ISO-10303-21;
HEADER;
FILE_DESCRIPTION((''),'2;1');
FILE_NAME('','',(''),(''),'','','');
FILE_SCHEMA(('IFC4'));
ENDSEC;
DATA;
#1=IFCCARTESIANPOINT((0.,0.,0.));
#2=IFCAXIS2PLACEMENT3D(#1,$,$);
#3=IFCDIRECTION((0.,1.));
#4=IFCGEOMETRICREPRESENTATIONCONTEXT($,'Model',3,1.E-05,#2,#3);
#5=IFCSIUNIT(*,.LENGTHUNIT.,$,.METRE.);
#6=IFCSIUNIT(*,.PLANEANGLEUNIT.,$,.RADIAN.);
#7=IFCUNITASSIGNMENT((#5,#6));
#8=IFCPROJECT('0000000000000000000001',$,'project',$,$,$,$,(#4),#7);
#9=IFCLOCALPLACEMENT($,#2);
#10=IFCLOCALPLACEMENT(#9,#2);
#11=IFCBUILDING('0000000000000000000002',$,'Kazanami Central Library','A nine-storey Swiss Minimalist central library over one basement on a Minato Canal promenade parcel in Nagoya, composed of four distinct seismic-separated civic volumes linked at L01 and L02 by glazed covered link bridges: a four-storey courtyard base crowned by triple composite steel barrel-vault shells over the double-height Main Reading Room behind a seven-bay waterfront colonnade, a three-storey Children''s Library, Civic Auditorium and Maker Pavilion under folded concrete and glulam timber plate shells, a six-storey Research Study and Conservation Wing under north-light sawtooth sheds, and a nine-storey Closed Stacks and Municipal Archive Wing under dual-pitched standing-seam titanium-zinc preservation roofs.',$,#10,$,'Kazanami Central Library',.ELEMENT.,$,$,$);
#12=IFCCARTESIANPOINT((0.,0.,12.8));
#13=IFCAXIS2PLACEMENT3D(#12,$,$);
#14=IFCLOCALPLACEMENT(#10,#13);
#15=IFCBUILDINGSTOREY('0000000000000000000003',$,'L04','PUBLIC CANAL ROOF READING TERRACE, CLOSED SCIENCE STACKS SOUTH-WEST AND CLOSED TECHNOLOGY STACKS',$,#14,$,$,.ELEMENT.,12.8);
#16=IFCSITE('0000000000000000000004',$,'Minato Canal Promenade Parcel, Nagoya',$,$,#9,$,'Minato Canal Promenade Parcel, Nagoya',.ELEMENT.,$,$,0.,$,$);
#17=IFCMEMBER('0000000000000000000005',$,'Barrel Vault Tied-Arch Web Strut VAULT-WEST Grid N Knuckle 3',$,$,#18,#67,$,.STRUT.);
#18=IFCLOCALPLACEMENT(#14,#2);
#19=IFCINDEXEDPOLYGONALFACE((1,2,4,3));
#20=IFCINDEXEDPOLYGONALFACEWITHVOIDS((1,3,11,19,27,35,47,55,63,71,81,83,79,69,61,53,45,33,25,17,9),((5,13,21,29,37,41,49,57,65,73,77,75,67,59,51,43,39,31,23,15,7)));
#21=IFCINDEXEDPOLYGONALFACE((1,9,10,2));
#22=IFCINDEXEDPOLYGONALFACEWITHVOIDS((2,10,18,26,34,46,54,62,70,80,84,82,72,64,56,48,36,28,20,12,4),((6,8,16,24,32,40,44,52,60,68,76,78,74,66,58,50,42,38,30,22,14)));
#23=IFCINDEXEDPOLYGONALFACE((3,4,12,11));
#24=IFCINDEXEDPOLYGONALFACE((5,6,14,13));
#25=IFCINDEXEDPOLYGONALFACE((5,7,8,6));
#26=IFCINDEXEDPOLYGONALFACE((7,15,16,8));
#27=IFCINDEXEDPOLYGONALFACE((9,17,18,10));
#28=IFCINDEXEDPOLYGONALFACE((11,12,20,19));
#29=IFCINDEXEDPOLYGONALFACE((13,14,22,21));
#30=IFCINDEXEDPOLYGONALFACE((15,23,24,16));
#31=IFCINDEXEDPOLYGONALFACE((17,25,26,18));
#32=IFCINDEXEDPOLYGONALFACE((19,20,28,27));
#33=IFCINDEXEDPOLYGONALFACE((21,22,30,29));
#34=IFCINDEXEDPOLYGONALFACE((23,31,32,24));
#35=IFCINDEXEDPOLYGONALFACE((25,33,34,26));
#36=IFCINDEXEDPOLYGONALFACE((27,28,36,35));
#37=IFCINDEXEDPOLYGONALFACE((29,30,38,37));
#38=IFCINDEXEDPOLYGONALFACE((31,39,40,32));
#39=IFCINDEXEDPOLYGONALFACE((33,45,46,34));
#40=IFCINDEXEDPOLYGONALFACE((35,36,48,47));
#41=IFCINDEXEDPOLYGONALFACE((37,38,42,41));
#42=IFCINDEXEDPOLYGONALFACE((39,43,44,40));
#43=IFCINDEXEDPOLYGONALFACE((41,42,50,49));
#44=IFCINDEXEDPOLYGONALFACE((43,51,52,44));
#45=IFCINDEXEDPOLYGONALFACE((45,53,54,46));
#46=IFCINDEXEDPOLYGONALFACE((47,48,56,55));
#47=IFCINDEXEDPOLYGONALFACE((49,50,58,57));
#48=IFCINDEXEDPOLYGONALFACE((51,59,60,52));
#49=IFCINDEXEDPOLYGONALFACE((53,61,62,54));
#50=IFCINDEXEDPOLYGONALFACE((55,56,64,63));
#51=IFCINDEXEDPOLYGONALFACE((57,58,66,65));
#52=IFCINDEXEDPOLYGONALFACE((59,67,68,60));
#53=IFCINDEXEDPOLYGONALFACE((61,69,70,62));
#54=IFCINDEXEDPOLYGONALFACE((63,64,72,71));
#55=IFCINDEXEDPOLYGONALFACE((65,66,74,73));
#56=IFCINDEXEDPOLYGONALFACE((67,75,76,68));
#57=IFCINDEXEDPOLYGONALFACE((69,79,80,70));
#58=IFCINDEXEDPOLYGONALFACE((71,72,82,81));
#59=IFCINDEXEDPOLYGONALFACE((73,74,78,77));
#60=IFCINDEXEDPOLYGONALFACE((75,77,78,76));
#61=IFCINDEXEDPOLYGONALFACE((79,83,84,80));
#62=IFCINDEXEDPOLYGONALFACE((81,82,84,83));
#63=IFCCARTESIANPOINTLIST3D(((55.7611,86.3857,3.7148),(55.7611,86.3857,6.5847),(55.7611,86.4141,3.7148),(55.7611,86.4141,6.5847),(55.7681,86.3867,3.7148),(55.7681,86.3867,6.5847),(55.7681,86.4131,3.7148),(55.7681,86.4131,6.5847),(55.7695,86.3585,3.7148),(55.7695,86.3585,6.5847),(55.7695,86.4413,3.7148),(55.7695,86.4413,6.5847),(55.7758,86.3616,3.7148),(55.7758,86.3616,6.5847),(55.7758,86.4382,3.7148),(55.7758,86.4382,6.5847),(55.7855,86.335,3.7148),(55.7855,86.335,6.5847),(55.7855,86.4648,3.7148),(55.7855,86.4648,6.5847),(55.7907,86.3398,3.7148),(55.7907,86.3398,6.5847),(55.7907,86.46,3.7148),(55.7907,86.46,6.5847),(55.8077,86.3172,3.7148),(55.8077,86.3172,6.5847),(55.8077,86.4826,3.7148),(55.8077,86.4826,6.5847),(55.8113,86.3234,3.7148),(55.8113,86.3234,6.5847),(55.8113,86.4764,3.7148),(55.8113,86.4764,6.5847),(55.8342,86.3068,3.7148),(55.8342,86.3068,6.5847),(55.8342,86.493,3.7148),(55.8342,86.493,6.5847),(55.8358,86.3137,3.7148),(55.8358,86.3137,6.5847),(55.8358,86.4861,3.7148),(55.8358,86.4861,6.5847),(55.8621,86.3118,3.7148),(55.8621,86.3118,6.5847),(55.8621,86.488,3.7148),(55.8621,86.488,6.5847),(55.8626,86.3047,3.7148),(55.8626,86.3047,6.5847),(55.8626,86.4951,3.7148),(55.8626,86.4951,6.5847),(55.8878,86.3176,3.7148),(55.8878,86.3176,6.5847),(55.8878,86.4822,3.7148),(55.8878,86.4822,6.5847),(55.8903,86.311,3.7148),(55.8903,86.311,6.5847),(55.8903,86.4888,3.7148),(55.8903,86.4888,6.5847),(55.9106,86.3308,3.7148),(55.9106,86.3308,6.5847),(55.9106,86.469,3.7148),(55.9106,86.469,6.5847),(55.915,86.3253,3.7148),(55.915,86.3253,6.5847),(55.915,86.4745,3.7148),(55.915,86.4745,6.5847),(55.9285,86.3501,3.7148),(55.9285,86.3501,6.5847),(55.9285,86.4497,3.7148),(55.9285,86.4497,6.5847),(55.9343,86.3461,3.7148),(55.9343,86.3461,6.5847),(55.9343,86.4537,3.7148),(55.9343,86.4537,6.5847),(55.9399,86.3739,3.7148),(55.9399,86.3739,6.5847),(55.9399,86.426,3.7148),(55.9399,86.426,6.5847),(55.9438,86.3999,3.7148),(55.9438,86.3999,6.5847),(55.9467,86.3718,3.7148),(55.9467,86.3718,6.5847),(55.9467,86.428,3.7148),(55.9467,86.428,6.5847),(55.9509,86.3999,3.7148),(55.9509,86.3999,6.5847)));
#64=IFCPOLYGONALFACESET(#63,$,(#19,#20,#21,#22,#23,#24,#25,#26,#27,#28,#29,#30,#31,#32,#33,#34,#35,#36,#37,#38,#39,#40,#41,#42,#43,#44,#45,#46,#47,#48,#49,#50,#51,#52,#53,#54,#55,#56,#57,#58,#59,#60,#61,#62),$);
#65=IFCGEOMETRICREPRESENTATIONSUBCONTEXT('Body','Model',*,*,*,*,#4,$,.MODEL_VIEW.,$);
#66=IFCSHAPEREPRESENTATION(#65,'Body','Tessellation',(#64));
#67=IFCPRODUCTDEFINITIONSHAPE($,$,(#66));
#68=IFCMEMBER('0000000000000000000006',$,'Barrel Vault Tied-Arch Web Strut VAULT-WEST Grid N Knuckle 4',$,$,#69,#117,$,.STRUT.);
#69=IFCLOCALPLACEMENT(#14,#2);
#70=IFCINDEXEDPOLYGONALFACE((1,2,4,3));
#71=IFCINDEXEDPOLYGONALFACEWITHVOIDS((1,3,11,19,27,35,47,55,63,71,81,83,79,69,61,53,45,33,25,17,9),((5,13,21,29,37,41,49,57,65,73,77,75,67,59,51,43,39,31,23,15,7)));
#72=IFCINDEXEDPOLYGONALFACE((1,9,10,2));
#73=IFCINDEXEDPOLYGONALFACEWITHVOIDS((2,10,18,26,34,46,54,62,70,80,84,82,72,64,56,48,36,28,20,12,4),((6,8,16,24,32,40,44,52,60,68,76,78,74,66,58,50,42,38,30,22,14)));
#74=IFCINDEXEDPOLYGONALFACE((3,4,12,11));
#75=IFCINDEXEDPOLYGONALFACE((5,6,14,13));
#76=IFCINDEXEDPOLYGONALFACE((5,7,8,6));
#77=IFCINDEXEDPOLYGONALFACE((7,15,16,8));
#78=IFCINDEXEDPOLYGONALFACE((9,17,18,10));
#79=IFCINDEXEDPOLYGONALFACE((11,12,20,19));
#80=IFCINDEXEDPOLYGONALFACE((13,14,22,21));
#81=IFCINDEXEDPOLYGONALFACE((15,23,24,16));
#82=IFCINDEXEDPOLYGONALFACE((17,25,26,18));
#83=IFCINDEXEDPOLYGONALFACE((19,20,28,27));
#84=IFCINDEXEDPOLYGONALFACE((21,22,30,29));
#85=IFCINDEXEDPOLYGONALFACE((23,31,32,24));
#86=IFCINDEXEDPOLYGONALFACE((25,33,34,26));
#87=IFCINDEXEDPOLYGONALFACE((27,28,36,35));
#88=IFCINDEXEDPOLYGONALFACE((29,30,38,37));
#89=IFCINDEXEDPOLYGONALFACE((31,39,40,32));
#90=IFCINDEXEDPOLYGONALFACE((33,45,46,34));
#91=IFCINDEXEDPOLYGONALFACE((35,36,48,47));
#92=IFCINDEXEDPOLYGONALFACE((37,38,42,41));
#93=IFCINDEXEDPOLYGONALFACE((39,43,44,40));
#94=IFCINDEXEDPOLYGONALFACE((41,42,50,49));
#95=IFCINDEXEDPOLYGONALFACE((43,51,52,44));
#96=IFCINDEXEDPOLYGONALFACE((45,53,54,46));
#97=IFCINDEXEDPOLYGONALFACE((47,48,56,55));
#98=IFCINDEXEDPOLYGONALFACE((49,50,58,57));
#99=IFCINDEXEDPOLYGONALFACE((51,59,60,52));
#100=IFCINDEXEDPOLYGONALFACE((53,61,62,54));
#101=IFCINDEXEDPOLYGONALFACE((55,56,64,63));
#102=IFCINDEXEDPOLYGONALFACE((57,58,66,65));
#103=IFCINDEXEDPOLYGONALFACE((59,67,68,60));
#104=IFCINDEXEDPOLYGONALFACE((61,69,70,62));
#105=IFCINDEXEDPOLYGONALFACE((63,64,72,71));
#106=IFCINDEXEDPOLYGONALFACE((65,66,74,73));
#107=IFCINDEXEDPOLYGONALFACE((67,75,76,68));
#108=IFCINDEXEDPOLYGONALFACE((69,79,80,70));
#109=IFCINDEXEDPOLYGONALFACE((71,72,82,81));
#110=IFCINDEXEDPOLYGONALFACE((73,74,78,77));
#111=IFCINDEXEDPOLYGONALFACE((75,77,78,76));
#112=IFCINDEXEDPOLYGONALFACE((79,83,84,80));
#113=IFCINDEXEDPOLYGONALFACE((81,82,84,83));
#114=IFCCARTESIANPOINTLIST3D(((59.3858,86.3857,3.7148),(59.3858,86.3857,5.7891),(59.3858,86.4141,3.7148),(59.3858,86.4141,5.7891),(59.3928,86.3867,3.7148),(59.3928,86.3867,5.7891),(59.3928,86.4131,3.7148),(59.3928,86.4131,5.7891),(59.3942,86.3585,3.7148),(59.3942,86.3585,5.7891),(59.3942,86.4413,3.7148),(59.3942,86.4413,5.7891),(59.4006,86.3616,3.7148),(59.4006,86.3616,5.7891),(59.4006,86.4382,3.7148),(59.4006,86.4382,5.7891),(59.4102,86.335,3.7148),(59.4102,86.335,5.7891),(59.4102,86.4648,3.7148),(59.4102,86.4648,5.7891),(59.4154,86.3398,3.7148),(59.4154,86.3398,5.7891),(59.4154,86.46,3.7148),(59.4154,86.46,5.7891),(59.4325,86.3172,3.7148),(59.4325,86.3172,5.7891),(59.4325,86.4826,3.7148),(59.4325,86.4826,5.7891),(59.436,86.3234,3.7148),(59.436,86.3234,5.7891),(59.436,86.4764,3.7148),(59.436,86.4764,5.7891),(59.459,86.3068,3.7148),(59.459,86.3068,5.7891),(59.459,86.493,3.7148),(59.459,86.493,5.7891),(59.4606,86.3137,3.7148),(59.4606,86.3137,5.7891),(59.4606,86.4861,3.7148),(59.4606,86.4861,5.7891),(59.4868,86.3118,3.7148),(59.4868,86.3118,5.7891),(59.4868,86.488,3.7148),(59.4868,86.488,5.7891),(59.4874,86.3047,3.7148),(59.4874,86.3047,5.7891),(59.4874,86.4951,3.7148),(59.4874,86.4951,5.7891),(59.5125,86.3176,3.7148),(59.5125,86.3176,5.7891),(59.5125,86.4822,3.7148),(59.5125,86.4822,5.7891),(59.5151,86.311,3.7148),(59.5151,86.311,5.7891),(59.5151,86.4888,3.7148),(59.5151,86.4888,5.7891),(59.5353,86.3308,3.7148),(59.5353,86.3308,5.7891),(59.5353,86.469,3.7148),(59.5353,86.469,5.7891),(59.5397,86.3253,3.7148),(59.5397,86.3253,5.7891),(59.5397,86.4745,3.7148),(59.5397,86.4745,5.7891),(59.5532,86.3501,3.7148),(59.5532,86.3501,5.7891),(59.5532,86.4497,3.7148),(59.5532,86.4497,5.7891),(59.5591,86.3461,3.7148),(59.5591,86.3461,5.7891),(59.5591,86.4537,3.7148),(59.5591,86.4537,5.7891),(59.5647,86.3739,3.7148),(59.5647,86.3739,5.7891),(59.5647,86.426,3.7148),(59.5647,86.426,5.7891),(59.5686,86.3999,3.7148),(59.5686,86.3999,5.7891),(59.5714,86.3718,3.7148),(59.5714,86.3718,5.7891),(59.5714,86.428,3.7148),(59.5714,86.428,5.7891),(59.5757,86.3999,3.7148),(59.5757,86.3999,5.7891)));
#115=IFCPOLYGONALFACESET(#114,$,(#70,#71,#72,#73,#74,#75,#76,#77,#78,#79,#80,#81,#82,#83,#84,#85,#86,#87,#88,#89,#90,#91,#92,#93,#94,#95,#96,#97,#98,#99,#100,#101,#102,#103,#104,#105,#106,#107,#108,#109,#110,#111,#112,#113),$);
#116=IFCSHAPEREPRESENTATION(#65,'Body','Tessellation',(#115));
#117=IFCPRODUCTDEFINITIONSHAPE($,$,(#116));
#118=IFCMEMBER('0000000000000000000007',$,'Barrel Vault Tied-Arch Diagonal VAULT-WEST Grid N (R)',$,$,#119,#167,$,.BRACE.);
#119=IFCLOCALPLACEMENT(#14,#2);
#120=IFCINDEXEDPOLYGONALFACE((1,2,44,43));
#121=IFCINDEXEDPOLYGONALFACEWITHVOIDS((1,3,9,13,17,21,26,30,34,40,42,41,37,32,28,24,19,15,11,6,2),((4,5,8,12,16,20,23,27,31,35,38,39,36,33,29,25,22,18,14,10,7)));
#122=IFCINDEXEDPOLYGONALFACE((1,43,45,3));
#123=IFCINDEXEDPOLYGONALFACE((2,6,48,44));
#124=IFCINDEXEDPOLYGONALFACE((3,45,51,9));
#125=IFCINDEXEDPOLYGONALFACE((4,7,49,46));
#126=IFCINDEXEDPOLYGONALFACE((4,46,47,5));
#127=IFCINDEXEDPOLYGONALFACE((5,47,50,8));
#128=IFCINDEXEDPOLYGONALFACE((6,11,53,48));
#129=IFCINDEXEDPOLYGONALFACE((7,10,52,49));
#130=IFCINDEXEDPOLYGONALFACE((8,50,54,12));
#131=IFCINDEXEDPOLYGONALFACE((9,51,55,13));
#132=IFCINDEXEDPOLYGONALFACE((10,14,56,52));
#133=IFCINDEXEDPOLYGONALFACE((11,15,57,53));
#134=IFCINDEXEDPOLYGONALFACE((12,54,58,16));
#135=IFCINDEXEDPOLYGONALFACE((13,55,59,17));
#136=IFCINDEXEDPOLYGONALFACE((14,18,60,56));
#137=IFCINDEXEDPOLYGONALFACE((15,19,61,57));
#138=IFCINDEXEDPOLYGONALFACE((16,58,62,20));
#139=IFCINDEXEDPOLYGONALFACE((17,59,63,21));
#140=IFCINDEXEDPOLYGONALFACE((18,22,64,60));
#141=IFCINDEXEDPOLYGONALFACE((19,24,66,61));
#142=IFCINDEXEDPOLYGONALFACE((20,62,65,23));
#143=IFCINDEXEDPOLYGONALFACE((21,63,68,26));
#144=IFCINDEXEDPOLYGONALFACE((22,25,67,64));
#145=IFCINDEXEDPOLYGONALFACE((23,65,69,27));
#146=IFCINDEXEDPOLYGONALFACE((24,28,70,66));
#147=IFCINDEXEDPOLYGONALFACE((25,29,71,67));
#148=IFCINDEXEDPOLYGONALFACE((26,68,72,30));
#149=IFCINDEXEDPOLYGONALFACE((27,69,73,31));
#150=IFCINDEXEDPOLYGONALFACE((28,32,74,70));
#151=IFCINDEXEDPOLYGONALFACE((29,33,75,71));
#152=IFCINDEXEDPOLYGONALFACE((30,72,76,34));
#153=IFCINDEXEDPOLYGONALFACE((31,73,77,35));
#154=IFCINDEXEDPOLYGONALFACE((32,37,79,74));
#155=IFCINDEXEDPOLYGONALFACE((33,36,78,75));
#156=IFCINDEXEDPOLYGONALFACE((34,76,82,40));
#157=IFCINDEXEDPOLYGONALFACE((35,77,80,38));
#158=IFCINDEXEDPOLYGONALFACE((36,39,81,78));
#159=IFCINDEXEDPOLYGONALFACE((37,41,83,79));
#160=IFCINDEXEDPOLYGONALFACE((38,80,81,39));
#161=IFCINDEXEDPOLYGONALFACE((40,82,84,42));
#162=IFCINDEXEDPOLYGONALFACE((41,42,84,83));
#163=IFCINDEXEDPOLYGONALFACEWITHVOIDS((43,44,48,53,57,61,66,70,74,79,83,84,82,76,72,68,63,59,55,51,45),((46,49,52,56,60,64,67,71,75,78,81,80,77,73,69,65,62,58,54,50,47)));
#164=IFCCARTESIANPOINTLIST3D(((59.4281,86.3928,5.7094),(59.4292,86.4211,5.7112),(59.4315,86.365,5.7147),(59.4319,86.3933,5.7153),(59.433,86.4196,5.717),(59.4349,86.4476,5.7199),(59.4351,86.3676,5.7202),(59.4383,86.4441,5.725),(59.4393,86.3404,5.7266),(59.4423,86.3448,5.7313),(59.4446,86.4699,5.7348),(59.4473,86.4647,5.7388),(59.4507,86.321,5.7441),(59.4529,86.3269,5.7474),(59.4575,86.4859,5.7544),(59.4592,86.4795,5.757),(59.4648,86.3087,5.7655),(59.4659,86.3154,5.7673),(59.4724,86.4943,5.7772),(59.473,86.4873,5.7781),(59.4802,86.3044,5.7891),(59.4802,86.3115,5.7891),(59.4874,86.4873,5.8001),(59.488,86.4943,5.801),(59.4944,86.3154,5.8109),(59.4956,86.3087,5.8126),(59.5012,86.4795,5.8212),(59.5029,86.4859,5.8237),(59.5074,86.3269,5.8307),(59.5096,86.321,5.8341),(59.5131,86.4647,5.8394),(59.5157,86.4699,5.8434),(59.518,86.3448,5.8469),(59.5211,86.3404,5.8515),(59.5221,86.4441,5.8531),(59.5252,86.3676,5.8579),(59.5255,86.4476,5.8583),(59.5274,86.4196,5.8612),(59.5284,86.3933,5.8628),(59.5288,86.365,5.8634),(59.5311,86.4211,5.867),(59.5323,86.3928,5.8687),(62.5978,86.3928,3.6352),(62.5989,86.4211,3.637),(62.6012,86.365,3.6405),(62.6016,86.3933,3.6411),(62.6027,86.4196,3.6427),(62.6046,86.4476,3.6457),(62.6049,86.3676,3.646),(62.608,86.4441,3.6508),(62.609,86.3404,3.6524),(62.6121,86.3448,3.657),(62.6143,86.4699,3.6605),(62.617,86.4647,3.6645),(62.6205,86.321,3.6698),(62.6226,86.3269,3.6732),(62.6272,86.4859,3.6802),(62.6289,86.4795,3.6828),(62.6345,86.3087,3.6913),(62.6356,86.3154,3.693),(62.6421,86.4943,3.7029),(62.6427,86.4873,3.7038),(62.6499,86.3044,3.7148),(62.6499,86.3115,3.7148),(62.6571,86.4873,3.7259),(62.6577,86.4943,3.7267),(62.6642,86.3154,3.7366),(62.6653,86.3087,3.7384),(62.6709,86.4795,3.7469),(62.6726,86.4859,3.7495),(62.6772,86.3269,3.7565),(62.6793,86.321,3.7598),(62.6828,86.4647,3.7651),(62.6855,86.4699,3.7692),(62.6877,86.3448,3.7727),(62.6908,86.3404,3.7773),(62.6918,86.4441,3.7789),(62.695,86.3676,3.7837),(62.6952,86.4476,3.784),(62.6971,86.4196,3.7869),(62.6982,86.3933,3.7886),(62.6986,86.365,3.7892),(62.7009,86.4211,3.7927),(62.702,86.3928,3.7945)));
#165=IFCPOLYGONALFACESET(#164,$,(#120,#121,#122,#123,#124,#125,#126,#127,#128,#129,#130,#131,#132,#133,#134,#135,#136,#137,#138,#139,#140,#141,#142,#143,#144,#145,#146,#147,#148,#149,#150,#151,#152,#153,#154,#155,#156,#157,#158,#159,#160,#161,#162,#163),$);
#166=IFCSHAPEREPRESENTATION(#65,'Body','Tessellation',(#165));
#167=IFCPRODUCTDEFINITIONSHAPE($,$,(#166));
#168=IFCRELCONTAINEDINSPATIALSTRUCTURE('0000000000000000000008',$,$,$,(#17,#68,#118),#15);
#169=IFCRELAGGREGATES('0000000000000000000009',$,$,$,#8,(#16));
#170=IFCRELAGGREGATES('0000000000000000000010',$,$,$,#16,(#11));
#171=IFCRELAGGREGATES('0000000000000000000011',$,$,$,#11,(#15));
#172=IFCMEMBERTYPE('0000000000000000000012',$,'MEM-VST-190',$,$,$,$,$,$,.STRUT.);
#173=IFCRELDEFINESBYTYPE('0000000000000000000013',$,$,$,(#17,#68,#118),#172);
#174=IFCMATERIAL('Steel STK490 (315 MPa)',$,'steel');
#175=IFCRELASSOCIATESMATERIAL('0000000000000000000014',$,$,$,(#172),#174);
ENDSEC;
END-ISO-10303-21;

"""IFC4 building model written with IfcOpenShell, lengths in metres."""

from ifc_helpers import new_model, si_unit, direction, frame, origin, origin_2d, place, context, subcontext, project, spatial, hollow_circle, extrude, material, material_profile, profile_set, type_object, element, save


model = new_model("IFC4")

# Units and contexts
model_context = context("Model", 3, precision=1e-05, world=origin(), true_north=direction((0.0, 1.0)))
body_context = subcontext(model_context, "Body", "Model", "MODEL_VIEW")
ifc_project = project(units=[si_unit("LENGTHUNIT", "METRE"), si_unit("PLANEANGLEUNIT", "RADIAN")], contexts=[model_context])

# Site, building, storey
site_placement = place(None, origin())
site = spatial("IfcSite", under=ifc_project, at=site_placement, Name="Minato Canal Promenade Parcel, Nagoya", LongName="Minato Canal Promenade Parcel, Nagoya", CompositionType="ELEMENT", RefElevation=0.0)
building_placement = place(site_placement, origin())
building = spatial("IfcBuilding", under=site, at=building_placement, Name="Kazanami Central Library", Description="A nine-storey Swiss Minimalist central library over one basement on a Minato Canal promenade parcel in Nagoya, composed of four distinct seismic-separated civic volumes linked at L01 and L02 by glazed covered link bridges: a four-storey courtyard base crowned by triple composite steel barrel-vault shells over the double-height Main Reading Room behind a seven-bay waterfront colonnade, a three-storey Children's Library, Civic Auditorium and Maker Pavilion under folded concrete and glulam timber plate shells, a six-storey Research Study and Conservation Wing under north-light sawtooth sheds, and a nine-storey Closed Stacks and Municipal Archive Wing under dual-pitched standing-seam titanium-zinc preservation roofs.", LongName="Kazanami Central Library", CompositionType="ELEMENT")
storey_placement = place(building_placement, frame((0.0, 0.0, 12.8)))
storey = spatial("IfcBuildingStorey", under=building, at=storey_placement, Name="L04", Description="PUBLIC CANAL ROOF READING TERRACE, CLOSED SCIENCE STACKS SOUTH-WEST AND CLOSED TECHNOLOGY STACKS", CompositionType="ELEMENT", Elevation=12.8)

# Members
ifc_material_1 = material(Name="Steel STK490 (315 MPa)", Category="steel")
ifc_material_profile_1 = material_profile(ifc_material_1, hollow_circle(Radius=0.0955, WallThickness=0.0071, at=origin_2d()), Name="CHS-190.7x7.0")
ifc_profile_set_1 = profile_set([ifc_material_profile_1], Name="Steel STK490 (315 MPa)")
member_type_1 = type_object("IfcMemberType", Name="MEM-VST-190", PredefinedType="STRUT", material=ifc_profile_set_1)
member_1_placement = place(storey_placement, frame((55.8555, 86.3999, 3.7148), z_axis=(0.0, 0.0, 1.0), x_axis=(1.0, 0.0, 0.0)))
element("IfcMember", 1, at=member_1_placement, inside=storey, type_object=member_type_1, Name="Barrel Vault Tied-Arch Web Strut VAULT-WEST Grid N Knuckle 3", PredefinedType="STRUT", context=body_context, shape_type="SweptSolid", body=[
    extrude(hollow_circle(Radius=0.0955, WallThickness=0.0071, at=origin_2d()), origin(), (0.0, 0.0, 1.0), 2.8699),
])
member_2_placement = place(storey_placement, frame((59.4802, 86.3999, 3.7148), z_axis=(0.0, 0.0, 1.0), x_axis=(1.0, 0.0, 0.0)))
element("IfcMember", 2, at=member_2_placement, inside=storey, type_object=member_type_1, Name="Barrel Vault Tied-Arch Web Strut VAULT-WEST Grid N Knuckle 4", PredefinedType="STRUT", context=body_context, shape_type="SweptSolid", body=[
    extrude(hollow_circle(Radius=0.0955, WallThickness=0.0071, at=origin_2d()), origin(), (0.0, 0.0, 1.0), 2.0742),
])
member_3_placement = place(storey_placement, frame((62.6499, 86.3999, 3.7148), z_axis=(-0.83676, 0.0, 0.547571), x_axis=(0.0, -1.0, 0.0)))
element("IfcMember", 3, at=member_3_placement, inside=storey, type_object=member_type_1, Name="Barrel Vault Tied-Arch Diagonal VAULT-WEST Grid N (R)", PredefinedType="BRACE", context=body_context, shape_type="SweptSolid", body=[
    extrude(hollow_circle(Radius=0.0955, WallThickness=0.0071, at=origin_2d()), origin(), (0.0, 0.0, 1.0), 3.7881),
])

save(model, "model.ifc")
